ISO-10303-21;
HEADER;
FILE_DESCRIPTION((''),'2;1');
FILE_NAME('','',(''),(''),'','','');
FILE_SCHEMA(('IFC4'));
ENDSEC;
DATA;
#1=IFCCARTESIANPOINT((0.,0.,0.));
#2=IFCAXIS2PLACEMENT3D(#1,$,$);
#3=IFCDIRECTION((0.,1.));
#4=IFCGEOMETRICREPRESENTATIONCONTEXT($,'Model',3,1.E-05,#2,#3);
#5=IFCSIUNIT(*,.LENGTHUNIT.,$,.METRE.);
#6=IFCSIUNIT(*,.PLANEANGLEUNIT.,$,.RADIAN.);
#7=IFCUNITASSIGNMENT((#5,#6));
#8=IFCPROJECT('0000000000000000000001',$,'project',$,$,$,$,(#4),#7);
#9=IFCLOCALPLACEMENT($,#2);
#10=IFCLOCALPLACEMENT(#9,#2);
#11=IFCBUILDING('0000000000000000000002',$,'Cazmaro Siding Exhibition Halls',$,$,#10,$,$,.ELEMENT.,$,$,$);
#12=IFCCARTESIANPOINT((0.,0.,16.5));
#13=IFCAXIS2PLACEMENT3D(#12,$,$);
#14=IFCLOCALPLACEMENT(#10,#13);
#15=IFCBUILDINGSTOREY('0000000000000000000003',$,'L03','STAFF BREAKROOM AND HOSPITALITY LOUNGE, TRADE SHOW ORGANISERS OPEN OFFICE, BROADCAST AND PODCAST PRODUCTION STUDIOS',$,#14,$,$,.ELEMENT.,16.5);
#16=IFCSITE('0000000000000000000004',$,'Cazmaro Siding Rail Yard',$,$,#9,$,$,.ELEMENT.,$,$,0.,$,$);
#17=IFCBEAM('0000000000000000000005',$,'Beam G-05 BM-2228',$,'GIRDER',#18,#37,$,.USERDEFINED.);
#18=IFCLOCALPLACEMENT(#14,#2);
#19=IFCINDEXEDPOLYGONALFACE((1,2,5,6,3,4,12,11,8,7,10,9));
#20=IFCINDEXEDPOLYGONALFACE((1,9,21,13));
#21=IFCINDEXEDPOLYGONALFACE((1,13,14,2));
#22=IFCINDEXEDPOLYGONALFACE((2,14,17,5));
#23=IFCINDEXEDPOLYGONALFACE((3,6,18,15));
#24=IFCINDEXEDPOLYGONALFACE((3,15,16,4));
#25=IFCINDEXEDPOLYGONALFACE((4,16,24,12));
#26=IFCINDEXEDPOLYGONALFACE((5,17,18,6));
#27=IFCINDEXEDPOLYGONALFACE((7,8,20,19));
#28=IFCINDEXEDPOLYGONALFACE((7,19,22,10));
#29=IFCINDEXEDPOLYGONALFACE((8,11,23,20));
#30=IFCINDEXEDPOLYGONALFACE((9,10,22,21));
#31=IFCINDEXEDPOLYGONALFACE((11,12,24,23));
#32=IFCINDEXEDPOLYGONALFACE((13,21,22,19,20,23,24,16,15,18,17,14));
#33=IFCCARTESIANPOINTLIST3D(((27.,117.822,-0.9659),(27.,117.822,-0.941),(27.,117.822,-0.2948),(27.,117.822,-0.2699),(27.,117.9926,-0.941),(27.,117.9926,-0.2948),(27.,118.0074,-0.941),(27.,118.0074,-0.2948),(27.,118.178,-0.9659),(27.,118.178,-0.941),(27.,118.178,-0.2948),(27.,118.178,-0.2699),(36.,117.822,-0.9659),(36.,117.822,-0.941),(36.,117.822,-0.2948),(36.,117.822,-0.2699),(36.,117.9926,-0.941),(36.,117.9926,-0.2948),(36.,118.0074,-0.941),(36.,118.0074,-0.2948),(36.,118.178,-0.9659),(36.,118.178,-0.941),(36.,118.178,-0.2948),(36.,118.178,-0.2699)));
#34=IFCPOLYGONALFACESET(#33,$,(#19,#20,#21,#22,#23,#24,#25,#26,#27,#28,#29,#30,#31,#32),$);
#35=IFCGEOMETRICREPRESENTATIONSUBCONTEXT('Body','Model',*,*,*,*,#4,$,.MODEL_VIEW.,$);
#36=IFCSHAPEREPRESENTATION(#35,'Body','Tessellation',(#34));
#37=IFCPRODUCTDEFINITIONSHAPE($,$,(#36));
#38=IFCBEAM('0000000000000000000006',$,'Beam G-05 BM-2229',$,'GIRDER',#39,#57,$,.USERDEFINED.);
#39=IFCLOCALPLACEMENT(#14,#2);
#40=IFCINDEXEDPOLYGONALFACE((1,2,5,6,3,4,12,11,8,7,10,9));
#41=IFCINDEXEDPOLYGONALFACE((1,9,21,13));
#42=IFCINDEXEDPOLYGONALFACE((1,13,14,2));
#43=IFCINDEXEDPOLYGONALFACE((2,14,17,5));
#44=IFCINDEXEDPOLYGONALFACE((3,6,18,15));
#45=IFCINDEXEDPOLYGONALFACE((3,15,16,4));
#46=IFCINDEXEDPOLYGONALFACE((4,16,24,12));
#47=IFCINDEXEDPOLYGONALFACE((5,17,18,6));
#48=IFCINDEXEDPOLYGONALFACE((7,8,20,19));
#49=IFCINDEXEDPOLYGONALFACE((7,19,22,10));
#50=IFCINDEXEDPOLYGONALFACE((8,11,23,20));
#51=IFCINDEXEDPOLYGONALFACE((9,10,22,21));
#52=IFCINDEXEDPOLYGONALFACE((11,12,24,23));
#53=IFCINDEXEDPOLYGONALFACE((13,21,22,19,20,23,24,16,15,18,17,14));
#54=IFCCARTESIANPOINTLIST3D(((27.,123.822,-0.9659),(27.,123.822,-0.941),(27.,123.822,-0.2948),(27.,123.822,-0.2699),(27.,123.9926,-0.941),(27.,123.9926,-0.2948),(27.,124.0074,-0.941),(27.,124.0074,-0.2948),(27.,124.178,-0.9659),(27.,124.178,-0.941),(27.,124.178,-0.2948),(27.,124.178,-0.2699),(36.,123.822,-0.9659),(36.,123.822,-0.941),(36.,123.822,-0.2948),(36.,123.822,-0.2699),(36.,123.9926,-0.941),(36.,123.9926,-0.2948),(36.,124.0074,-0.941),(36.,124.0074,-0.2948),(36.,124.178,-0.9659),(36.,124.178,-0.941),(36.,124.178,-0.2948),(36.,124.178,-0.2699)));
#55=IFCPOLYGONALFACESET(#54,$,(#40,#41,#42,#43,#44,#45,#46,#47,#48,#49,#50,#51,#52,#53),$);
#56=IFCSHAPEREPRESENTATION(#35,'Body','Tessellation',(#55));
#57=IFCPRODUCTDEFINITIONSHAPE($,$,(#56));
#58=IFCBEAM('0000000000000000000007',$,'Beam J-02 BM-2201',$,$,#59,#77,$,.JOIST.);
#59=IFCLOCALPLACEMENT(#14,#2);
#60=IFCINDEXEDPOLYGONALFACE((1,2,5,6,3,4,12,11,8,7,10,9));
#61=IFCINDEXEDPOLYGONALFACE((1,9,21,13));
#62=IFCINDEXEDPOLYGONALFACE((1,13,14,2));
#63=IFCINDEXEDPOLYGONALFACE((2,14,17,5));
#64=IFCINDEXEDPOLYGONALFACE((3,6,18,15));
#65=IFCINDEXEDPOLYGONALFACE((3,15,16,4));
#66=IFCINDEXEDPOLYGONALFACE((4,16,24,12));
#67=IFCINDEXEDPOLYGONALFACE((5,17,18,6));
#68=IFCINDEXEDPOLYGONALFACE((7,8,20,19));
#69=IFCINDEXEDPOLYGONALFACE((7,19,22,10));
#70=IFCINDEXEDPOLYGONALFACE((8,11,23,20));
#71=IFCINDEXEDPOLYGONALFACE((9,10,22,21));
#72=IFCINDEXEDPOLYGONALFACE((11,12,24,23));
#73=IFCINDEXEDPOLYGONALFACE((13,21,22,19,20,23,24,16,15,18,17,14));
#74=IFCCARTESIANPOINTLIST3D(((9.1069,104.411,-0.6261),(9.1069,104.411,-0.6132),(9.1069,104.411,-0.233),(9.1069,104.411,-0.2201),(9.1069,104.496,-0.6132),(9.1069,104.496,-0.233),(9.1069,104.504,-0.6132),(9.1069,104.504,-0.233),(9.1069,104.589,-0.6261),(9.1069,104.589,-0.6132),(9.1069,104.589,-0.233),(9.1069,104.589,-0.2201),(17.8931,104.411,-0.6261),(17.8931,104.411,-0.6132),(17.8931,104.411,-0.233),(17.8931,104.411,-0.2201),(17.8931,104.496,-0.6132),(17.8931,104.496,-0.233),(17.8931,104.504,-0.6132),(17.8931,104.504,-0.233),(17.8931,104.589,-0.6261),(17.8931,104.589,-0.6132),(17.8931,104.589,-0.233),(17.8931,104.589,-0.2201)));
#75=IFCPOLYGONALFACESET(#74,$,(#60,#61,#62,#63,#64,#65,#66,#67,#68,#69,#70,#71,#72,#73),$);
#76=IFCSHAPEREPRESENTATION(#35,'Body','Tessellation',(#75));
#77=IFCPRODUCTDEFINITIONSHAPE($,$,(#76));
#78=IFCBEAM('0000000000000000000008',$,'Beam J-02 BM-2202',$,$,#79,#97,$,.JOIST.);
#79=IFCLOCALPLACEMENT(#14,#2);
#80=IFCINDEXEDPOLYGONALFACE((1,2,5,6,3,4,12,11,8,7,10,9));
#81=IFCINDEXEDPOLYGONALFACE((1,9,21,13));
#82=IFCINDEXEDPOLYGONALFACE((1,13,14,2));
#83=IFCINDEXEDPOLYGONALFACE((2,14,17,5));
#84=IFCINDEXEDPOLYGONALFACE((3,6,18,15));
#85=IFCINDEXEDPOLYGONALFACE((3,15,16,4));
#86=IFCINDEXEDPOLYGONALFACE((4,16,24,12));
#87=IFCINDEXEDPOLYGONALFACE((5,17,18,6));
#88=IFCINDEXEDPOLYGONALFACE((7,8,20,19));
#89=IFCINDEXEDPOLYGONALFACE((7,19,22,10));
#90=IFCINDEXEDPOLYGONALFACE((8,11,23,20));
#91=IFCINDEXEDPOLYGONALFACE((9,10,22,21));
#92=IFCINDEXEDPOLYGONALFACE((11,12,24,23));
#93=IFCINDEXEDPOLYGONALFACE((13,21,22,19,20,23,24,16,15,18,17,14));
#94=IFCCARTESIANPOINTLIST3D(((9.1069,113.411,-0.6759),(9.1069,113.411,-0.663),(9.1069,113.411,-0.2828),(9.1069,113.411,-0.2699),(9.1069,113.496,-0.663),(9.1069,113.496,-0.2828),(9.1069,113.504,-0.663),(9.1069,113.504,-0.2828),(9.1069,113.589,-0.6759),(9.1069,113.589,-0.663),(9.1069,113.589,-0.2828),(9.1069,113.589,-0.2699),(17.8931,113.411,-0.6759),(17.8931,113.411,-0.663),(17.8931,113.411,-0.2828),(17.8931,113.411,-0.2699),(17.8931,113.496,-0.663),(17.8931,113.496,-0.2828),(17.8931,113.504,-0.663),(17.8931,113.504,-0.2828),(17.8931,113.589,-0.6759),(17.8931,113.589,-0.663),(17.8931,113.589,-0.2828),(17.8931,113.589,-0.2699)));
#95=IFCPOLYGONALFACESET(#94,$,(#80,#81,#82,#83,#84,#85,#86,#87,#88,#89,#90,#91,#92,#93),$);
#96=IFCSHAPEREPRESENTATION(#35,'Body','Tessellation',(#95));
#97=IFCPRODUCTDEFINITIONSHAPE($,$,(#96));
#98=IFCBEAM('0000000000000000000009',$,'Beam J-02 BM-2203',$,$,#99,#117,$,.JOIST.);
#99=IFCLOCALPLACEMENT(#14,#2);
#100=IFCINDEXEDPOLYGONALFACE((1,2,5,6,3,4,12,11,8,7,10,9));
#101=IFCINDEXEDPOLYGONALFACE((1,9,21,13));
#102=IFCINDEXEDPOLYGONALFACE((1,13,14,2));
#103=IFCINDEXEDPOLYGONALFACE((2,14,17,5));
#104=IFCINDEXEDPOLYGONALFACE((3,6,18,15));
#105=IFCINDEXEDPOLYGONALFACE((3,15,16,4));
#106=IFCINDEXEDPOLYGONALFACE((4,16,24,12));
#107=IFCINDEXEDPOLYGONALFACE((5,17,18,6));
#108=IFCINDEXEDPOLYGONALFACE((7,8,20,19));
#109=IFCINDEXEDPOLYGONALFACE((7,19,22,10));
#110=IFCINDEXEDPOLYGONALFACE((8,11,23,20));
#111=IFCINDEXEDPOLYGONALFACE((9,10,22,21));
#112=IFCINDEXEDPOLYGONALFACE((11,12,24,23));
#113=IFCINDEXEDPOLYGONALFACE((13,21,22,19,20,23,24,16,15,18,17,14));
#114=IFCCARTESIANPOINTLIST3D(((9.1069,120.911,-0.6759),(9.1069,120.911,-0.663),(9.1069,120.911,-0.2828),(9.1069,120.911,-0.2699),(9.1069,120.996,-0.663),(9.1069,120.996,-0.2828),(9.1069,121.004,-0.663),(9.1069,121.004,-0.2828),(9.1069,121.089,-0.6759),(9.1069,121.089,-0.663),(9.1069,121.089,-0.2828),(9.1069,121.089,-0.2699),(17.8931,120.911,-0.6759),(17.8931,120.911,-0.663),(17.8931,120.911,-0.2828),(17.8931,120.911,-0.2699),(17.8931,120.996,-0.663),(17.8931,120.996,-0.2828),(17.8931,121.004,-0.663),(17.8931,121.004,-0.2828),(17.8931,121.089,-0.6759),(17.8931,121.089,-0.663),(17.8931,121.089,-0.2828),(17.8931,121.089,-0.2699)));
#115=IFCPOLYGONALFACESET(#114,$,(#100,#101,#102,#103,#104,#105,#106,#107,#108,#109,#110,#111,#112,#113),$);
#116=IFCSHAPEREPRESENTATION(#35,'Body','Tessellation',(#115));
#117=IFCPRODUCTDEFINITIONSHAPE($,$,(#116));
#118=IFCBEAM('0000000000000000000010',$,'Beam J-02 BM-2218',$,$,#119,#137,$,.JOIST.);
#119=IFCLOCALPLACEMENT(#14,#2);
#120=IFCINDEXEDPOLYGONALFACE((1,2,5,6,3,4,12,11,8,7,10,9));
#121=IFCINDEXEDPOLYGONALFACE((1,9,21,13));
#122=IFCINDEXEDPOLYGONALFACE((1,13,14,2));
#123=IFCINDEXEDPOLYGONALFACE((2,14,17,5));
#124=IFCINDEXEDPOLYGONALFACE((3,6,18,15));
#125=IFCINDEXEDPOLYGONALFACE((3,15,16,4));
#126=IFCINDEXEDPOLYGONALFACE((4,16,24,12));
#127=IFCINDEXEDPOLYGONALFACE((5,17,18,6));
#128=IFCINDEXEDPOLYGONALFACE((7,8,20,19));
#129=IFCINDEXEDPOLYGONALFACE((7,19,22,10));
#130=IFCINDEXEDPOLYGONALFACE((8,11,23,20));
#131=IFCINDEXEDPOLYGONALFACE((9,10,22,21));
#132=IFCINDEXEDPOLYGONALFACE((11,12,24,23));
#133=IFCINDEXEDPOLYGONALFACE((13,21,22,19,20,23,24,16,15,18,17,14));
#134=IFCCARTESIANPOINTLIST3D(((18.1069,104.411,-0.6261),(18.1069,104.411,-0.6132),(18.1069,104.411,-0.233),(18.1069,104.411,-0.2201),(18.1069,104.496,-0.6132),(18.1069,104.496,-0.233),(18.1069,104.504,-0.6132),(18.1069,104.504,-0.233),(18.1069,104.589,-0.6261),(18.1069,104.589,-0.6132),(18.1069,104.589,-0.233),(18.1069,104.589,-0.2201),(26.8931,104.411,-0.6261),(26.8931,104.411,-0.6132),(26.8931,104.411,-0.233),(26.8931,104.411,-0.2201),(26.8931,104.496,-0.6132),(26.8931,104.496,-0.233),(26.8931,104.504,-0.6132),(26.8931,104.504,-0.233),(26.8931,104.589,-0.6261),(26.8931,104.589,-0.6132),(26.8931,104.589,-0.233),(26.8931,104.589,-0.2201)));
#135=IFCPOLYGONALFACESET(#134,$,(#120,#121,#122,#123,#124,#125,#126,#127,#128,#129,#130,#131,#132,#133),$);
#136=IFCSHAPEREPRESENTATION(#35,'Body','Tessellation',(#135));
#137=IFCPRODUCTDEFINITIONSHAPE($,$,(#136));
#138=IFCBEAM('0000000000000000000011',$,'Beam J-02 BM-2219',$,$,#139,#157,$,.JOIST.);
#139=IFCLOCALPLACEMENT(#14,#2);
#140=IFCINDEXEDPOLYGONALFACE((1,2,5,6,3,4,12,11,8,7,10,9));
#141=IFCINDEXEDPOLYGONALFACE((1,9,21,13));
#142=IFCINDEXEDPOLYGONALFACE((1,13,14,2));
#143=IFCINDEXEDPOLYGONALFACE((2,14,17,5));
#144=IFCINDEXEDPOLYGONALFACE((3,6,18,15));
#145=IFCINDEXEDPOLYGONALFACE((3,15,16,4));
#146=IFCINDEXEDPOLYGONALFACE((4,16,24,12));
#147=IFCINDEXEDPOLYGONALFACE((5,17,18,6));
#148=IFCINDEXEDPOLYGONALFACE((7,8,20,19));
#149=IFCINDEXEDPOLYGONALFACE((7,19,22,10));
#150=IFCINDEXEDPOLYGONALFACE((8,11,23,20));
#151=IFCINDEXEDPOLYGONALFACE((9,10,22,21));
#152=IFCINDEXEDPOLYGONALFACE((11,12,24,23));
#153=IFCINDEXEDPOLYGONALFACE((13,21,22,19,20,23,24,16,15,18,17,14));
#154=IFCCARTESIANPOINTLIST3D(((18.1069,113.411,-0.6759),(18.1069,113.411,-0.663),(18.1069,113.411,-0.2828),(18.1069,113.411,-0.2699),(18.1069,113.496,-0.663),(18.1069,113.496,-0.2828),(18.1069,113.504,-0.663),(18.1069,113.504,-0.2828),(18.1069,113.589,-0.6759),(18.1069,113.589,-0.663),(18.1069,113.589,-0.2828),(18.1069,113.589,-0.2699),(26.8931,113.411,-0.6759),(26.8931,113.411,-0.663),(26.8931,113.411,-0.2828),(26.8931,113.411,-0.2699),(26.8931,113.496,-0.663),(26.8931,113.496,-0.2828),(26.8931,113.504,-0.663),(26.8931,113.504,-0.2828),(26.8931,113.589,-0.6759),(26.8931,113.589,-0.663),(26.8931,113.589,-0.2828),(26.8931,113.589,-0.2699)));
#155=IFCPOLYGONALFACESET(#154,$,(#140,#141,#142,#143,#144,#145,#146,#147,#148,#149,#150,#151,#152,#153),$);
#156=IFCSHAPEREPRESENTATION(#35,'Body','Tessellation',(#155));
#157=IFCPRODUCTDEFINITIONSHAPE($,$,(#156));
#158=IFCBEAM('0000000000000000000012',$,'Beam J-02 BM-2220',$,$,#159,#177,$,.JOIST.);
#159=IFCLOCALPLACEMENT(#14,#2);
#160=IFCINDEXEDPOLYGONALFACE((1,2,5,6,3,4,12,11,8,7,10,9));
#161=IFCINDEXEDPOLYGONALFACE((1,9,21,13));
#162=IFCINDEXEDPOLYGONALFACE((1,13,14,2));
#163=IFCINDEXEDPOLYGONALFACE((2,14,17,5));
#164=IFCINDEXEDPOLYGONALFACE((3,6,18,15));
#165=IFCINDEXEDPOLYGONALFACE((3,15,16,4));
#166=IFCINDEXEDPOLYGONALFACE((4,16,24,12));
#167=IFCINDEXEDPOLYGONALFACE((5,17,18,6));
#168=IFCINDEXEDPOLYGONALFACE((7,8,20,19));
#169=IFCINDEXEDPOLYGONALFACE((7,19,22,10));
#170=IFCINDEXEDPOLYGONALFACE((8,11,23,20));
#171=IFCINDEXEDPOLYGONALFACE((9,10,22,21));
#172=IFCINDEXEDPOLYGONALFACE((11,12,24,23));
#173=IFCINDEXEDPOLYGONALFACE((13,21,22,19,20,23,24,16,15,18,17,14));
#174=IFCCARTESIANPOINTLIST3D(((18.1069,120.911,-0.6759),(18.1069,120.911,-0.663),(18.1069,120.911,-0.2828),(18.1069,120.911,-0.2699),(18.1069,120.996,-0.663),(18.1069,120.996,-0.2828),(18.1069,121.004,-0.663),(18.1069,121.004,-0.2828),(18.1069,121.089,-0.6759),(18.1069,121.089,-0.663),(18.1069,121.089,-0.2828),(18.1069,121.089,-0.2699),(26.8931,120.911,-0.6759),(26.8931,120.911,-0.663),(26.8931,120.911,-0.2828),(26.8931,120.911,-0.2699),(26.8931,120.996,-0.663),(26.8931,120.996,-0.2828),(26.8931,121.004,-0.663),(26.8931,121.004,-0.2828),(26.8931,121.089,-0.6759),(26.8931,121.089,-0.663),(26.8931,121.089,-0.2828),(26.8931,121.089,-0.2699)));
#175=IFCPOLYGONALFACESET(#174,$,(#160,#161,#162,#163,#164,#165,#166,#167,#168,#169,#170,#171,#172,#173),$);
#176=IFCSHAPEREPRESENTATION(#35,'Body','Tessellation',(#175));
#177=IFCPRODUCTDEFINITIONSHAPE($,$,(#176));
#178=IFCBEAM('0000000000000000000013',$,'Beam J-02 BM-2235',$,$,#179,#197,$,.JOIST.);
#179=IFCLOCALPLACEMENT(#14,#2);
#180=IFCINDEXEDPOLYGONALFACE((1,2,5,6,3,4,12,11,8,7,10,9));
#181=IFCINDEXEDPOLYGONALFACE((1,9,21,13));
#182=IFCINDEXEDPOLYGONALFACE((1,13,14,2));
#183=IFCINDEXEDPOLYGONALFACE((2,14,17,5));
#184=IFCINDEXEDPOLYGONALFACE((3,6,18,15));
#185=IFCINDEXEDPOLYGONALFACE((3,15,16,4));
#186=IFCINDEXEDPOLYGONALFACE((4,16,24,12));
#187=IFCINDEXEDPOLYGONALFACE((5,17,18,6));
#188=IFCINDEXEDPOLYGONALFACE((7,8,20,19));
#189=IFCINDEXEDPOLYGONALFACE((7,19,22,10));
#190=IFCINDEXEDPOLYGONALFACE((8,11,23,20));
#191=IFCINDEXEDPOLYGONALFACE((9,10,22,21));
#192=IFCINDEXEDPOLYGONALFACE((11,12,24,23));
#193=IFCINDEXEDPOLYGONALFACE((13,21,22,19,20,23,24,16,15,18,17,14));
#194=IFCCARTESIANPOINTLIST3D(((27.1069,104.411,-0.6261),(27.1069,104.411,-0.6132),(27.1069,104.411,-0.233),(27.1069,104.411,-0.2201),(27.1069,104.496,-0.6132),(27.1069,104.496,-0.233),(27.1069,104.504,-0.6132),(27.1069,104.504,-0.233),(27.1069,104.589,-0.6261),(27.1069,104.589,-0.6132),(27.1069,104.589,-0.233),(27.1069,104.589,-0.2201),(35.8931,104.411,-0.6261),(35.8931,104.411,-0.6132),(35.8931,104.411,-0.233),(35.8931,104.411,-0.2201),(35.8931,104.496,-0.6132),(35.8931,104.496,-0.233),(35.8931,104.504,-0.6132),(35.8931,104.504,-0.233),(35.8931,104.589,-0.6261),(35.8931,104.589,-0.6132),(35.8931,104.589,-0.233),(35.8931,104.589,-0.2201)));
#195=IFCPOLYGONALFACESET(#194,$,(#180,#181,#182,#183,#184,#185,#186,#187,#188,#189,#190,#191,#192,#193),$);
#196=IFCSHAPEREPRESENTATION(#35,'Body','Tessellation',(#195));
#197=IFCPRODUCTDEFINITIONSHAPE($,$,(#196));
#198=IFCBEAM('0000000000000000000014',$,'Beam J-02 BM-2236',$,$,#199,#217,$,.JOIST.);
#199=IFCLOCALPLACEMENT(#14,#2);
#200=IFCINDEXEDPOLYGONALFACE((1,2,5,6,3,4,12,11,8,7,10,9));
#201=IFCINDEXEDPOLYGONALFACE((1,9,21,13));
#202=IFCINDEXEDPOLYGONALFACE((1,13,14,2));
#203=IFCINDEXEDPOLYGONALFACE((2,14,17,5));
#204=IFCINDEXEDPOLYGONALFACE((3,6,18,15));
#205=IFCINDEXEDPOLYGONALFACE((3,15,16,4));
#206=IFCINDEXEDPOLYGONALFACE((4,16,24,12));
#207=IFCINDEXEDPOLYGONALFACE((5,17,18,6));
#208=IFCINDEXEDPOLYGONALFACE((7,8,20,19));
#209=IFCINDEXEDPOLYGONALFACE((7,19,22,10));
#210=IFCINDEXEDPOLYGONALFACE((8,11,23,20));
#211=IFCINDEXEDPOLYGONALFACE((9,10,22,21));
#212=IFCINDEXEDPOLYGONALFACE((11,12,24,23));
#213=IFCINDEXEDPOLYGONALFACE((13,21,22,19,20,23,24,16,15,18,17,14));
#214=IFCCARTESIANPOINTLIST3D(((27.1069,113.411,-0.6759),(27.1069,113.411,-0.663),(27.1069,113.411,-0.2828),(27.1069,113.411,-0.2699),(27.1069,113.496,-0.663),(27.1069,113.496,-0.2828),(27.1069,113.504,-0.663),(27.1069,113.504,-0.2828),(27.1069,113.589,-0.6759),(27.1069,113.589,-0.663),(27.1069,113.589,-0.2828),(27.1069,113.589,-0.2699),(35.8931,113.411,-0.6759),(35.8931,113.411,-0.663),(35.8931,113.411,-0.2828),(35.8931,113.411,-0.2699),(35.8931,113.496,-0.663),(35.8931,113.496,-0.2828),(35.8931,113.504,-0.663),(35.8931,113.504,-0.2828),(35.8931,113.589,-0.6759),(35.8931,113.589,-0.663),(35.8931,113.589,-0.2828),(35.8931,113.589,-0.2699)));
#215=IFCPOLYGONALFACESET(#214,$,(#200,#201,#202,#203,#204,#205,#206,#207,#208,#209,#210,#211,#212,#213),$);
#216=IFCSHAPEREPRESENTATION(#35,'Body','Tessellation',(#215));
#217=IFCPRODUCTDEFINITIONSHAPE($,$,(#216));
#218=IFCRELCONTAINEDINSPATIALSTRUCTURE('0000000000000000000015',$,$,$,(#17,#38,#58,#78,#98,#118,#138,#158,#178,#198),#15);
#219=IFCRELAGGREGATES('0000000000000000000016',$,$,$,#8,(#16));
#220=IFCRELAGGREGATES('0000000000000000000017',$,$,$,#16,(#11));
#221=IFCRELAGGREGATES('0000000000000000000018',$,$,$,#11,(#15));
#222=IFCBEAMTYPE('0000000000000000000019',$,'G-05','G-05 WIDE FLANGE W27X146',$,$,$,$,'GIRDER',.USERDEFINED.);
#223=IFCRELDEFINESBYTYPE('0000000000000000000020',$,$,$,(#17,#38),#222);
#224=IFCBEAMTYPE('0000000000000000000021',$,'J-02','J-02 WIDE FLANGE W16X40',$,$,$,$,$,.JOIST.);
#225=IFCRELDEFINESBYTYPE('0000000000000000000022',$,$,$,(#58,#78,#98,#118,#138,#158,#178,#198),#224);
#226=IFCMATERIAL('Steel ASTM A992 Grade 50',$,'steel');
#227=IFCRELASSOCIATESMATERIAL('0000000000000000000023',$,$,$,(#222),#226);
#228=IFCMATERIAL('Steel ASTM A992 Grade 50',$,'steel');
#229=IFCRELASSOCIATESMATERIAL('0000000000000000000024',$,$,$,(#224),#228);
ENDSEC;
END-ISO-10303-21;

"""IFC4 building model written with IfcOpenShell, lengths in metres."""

from ifc_helpers import new_model, si_unit, direction, frame, origin, origin_2d, place, context, subcontext, project, spatial, i_section, extrude, material, material_profile, profile_set, type_object, element, save


model = new_model("IFC4")

# Units and contexts
model_context = context("Model", 3, precision=1e-05, world=origin(), true_north=direction((0.0, 1.0)))
body_context = subcontext(model_context, "Body", "Model", "MODEL_VIEW")
ifc_project = project(units=[si_unit("LENGTHUNIT", "METRE"), si_unit("PLANEANGLEUNIT", "RADIAN")], contexts=[model_context])

# Site, building, storey
site_placement = place(None, origin())
site = spatial("IfcSite", under=ifc_project, at=site_placement, Name="Cazmaro Siding Rail Yard", CompositionType="ELEMENT", RefElevation=0.0)
building_placement = place(site_placement, origin())
building = spatial("IfcBuilding", under=site, at=building_placement, Name="Cazmaro Siding Exhibition Halls", CompositionType="ELEMENT")
storey_placement = place(building_placement, frame((0.0, 0.0, 16.5)))
storey = spatial("IfcBuildingStorey", under=building, at=storey_placement, Name="L03", Description="STAFF BREAKROOM AND HOSPITALITY LOUNGE, TRADE SHOW ORGANISERS OPEN OFFICE, BROADCAST AND PODCAST PRODUCTION STUDIOS", CompositionType="ELEMENT", Elevation=16.5)

# Beams
ifc_material_1 = material(Name="Steel ASTM A992 Grade 50", Category="steel")
ifc_material_profile_1 = material_profile(ifc_material_1, i_section(OverallWidth=0.356, OverallDepth=0.696, WebThickness=0.0149, FlangeThickness=0.0249, at=origin_2d()), Name="W27X146")
ifc_profile_set_1 = profile_set([ifc_material_profile_1], Name="Steel ASTM A992 Grade 50")
beam_type_1 = type_object("IfcBeamType", Name="G-05", Description="G-05 WIDE FLANGE W27X146", ElementType="GIRDER", PredefinedType="USERDEFINED", material=ifc_profile_set_1)
for number, where, z_axis, x_axis, name in (
    (1, (27.0, 118.0, -0.6179), (1.0, 0.0, 0.0), (0.0, 1.0, 0.0), "Beam G-05 BM-2228"),
    (2, (27.0, 124.0, -0.6179), (1.0, 0.0, 0.0), (0.0, 1.0, 0.0), "Beam G-05 BM-2229"),
):
    element("IfcBeam", number, at=place(storey_placement, frame(where, z_axis=z_axis, x_axis=x_axis)), inside=storey, type_object=beam_type_1, Name=name, ObjectType="GIRDER", PredefinedType="USERDEFINED", context=body_context, shape_type="SweptSolid", body=[
        extrude(i_section(OverallWidth=0.356, OverallDepth=0.696, WebThickness=0.0149, FlangeThickness=0.0249, at=origin_2d()), origin(), (0.0, 0.0, 1.0), 9.0),
    ])
ifc_material_2 = material(Name="Steel ASTM A992 Grade 50", Category="steel")
ifc_material_profile_2 = material_profile(ifc_material_2, i_section(OverallWidth=0.178, OverallDepth=0.406, WebThickness=0.0081, FlangeThickness=0.0129, at=origin_2d()), Name="W16X40")
ifc_profile_set_2 = profile_set([ifc_material_profile_2], Name="Steel ASTM A992 Grade 50")
beam_type_2 = type_object("IfcBeamType", Name="J-02", Description="J-02 WIDE FLANGE W16X40", PredefinedType="JOIST", material=ifc_profile_set_2)
for number, where, z_axis, x_axis, name in (
    (3, (9.1069, 104.5, -0.4231), (1.0, 0.0, 0.0), (0.0, 1.0, 0.0), "Beam J-02 BM-2201"),
    (4, (9.1069, 113.5, -0.4729), (1.0, 0.0, 0.0), (0.0, 1.0, 0.0), "Beam J-02 BM-2202"),
    (5, (9.1069, 121.0, -0.4729), (1.0, 0.0, 0.0), (0.0, 1.0, 0.0), "Beam J-02 BM-2203"),
    (6, (18.1069, 104.5, -0.4231), (1.0, 0.0, 0.0), (0.0, 1.0, 0.0), "Beam J-02 BM-2218"),
    (7, (18.1069, 113.5, -0.4729), (1.0, 0.0, 0.0), (0.0, 1.0, 0.0), "Beam J-02 BM-2219"),
    (8, (18.1069, 121.0, -0.4729), (1.0, 0.0, 0.0), (0.0, 1.0, 0.0), "Beam J-02 BM-2220"),
    (9, (27.1069, 104.5, -0.4231), (1.0, 0.0, 0.0), (0.0, 1.0, 0.0), "Beam J-02 BM-2235"),
    (10, (27.1069, 113.5, -0.4729), (1.0, 0.0, 0.0), (0.0, 1.0, 0.0), "Beam J-02 BM-2236"),
):
    element("IfcBeam", number, at=place(storey_placement, frame(where, z_axis=z_axis, x_axis=x_axis)), inside=storey, type_object=beam_type_2, Name=name, PredefinedType="JOIST", context=body_context, shape_type="SweptSolid", body=[
        extrude(i_section(OverallWidth=0.178, OverallDepth=0.406, WebThickness=0.0081, FlangeThickness=0.0129, at=origin_2d()), origin(), (0.0, 0.0, 1.0), 8.7861),
    ])

save(model, "model.ifc")
